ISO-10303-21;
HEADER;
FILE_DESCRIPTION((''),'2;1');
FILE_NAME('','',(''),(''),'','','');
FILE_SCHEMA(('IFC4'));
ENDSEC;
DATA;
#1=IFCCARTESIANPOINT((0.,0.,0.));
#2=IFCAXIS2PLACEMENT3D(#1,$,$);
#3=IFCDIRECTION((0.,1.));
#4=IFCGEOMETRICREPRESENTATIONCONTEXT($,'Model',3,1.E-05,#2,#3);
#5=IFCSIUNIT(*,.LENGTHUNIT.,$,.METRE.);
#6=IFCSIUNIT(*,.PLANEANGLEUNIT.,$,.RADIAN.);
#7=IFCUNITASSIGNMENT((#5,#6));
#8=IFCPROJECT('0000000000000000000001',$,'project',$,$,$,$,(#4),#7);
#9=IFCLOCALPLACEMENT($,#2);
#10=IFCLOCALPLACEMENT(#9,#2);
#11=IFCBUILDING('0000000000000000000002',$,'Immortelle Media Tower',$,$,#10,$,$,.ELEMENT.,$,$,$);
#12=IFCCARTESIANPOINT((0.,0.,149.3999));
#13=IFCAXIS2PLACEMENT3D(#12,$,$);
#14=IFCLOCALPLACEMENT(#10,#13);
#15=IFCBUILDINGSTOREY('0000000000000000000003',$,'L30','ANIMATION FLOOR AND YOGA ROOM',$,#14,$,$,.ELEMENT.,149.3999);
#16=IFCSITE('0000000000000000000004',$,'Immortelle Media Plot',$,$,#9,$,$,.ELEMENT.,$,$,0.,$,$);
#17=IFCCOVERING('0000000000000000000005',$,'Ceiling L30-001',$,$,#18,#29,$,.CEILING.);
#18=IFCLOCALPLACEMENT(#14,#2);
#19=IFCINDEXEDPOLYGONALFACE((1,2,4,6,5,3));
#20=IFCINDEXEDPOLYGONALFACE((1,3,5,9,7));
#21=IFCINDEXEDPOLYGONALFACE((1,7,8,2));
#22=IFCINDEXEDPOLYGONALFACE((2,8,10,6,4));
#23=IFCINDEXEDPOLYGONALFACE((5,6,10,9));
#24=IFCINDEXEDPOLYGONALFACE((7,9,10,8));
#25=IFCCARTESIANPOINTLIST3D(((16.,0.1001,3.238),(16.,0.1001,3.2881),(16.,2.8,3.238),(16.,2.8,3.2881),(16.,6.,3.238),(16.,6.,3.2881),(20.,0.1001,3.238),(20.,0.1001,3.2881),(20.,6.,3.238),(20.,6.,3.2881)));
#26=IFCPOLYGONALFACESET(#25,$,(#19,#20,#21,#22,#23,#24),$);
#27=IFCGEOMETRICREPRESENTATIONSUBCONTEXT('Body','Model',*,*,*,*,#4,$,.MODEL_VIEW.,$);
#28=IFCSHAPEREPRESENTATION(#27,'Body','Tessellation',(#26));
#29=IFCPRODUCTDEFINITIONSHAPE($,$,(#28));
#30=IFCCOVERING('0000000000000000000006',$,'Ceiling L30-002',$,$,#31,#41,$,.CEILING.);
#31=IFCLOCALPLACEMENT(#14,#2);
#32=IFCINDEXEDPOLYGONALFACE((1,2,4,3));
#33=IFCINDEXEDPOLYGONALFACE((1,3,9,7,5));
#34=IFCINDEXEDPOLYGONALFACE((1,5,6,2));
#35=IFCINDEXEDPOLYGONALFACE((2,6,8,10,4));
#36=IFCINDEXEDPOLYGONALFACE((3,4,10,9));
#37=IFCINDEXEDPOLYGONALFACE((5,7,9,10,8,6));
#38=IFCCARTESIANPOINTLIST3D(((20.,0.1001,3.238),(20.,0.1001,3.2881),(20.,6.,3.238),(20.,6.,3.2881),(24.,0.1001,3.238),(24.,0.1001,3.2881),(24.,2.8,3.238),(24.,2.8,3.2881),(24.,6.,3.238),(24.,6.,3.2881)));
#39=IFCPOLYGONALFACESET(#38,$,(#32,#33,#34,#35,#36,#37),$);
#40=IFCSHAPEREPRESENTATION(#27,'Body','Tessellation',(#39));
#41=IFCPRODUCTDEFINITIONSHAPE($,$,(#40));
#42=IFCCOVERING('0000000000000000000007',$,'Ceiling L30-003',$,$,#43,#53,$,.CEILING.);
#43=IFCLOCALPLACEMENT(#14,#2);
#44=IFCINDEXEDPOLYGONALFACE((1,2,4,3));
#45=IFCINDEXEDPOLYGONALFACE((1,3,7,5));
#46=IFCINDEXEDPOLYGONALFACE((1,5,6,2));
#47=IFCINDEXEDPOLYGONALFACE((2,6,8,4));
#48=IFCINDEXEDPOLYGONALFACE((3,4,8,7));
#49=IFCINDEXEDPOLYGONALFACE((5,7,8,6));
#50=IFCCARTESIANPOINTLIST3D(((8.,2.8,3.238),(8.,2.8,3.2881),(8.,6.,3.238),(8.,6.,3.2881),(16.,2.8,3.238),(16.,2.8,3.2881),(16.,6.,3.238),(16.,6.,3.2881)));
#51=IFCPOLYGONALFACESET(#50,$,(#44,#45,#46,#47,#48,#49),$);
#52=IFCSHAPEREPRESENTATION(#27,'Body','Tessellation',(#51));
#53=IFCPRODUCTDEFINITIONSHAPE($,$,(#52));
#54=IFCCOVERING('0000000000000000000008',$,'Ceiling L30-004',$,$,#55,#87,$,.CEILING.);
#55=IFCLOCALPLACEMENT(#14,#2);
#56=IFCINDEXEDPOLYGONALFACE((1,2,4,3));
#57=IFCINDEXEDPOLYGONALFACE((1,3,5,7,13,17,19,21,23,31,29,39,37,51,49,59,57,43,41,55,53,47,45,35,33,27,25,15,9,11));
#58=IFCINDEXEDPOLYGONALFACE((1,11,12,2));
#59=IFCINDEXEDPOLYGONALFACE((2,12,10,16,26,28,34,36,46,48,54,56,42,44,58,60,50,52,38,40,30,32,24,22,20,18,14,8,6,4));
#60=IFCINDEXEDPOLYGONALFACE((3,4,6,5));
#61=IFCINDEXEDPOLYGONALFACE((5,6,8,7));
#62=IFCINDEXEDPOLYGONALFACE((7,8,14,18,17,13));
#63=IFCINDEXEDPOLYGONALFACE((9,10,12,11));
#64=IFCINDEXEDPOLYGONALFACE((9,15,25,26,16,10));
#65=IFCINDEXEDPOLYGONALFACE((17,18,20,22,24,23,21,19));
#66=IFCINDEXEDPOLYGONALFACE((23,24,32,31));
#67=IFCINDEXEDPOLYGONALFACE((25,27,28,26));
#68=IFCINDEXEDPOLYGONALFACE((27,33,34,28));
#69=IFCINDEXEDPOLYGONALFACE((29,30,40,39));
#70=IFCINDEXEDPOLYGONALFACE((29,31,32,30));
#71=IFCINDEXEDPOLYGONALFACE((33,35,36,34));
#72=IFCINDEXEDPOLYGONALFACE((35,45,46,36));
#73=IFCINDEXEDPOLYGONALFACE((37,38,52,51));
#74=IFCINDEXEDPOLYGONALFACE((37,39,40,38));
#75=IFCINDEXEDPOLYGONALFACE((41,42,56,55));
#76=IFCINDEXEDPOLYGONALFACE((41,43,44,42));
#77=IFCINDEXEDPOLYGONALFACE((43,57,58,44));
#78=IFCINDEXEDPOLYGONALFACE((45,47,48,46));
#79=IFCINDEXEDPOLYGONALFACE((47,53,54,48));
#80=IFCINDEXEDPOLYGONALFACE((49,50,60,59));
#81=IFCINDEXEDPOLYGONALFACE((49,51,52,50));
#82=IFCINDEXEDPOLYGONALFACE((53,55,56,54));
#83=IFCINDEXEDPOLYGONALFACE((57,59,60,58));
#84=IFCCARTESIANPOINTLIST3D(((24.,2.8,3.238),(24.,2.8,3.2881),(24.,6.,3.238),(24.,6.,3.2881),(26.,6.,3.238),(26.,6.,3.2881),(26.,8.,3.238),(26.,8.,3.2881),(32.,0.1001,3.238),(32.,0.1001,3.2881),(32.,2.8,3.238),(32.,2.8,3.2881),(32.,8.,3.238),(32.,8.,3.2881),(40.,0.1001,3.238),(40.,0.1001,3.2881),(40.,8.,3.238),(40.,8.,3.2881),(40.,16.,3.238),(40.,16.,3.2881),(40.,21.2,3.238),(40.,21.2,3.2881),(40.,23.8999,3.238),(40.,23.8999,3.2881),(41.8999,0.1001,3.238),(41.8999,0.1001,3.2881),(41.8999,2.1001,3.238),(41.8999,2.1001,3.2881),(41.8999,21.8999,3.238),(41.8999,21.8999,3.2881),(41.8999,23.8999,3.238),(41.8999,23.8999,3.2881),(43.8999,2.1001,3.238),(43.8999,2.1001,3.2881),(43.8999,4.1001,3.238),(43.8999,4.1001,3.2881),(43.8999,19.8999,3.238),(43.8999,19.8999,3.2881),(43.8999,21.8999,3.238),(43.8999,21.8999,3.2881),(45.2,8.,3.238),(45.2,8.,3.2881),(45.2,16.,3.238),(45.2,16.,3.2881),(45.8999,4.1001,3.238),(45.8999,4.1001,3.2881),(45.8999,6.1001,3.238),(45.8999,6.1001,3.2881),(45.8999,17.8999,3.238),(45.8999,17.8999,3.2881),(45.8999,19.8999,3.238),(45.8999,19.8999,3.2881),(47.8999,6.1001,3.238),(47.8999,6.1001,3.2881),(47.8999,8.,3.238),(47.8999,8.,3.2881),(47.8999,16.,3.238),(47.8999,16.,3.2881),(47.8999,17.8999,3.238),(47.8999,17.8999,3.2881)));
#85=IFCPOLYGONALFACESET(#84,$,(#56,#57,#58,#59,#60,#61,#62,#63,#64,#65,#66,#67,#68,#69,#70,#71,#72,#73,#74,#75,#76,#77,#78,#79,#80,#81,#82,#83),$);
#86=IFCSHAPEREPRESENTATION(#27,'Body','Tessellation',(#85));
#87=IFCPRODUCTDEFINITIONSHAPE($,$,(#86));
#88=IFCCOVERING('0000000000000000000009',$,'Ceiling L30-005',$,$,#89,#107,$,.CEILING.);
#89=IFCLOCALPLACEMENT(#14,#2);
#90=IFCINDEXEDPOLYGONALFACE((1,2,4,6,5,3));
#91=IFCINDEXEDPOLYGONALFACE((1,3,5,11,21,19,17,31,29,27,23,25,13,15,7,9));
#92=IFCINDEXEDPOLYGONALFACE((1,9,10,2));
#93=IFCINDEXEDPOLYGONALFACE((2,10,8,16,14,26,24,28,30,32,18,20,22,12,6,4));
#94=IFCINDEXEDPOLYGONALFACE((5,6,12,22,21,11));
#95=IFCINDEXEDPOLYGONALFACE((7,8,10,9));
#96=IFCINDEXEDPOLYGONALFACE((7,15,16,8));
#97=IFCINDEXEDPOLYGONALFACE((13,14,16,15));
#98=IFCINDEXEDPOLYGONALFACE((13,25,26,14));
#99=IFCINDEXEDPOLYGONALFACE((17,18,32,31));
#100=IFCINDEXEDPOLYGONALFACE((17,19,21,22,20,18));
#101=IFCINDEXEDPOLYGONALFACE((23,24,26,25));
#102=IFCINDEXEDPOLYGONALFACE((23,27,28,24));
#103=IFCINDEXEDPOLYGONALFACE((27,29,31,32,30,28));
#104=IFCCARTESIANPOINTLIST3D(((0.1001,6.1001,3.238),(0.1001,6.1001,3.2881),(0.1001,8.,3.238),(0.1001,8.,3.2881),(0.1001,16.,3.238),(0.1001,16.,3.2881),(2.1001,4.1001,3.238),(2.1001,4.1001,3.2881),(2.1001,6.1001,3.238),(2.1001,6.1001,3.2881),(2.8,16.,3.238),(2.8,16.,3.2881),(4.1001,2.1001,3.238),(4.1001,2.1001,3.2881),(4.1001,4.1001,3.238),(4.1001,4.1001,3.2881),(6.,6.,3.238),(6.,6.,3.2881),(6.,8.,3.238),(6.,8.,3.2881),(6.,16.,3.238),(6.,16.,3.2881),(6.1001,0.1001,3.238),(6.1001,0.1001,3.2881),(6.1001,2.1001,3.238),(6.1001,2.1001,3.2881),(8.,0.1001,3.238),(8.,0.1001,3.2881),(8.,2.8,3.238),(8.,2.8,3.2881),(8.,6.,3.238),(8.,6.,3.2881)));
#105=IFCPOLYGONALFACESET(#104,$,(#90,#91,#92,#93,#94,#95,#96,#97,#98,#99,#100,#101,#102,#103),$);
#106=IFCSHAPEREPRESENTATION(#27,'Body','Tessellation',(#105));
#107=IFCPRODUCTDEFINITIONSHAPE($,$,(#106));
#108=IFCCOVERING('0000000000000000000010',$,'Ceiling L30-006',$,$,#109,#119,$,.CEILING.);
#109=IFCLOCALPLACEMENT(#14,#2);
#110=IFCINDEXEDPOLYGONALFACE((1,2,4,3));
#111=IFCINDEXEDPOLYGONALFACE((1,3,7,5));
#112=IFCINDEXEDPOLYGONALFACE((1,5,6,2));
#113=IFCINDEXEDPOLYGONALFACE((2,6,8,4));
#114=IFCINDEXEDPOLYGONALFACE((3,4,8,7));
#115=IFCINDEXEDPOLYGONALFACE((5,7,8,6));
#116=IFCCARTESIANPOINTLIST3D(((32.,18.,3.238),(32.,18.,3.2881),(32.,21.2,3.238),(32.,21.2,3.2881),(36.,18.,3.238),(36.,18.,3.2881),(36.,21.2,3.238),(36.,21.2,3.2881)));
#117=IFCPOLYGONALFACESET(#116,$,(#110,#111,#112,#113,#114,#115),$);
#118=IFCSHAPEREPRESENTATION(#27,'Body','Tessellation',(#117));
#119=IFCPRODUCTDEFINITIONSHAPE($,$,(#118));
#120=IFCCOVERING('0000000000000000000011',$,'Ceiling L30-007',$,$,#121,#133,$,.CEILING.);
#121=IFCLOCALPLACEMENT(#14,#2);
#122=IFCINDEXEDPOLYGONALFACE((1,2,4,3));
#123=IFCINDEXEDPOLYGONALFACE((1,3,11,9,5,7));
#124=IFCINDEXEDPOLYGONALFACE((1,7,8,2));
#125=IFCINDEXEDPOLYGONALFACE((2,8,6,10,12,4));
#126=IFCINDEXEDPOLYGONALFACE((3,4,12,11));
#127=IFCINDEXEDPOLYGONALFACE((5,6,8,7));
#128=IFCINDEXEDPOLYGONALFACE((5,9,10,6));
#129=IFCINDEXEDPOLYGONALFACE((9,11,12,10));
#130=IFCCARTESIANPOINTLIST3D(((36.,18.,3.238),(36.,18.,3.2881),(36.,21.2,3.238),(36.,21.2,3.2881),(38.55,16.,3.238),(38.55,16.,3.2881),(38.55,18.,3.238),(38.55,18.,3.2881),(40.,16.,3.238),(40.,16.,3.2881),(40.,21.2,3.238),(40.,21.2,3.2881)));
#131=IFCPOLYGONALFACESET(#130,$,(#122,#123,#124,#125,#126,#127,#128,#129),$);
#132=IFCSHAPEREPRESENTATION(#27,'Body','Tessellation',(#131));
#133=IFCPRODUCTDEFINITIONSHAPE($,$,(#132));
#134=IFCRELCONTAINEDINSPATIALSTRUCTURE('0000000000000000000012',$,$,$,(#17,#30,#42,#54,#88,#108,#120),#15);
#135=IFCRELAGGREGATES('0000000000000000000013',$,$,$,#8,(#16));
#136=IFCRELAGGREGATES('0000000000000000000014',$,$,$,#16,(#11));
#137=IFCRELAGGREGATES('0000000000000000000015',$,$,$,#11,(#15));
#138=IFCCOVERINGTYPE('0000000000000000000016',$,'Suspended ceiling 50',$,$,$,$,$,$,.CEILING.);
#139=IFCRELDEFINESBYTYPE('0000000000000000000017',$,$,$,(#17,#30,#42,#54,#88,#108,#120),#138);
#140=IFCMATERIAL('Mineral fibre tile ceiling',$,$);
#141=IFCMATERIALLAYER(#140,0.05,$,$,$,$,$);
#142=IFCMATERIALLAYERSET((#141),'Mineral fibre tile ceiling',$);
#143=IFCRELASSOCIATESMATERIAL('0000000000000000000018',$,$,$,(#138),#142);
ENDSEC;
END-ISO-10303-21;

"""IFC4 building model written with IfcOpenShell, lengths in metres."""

from ifc_helpers import new_model, si_unit, direction, frame, origin, place, context, subcontext, project, spatial, polyline, outline, extrude, material, layer, layer_set, type_object, element, save


model = new_model("IFC4")

# Units and contexts
model_context = context("Model", 3, precision=1e-05, world=origin(), true_north=direction((0.0, 1.0)))
body_context = subcontext(model_context, "Body", "Model", "MODEL_VIEW")
ifc_project = project(units=[si_unit("LENGTHUNIT", "METRE"), si_unit("PLANEANGLEUNIT", "RADIAN")], contexts=[model_context])

# Site, building, storey
site_placement = place(None, origin())
site = spatial("IfcSite", under=ifc_project, at=site_placement, Name="Immortelle Media Plot", CompositionType="ELEMENT", RefElevation=0.0)
building_placement = place(site_placement, origin())
building = spatial("IfcBuilding", under=site, at=building_placement, Name="Immortelle Media Tower", CompositionType="ELEMENT")
storey_placement = place(building_placement, frame((0.0, 0.0, 149.3999)))
storey = spatial("IfcBuildingStorey", under=building, at=storey_placement, Name="L30", Description="ANIMATION FLOOR AND YOGA ROOM", CompositionType="ELEMENT", Elevation=149.3999)

# Coverings
ifc_material_1 = material(Name="Mineral fibre tile ceiling")
ifc_layer_1 = layer(ifc_material_1, 0.05)
ifc_layer_set_1 = layer_set([ifc_layer_1], Name="Mineral fibre tile ceiling")
covering_type = type_object("IfcCoveringType", Name="Suspended ceiling 50", PredefinedType="CEILING", material=ifc_layer_set_1)
covering_1_placement = place(storey_placement, frame((0.0, 0.0, 3.238)))
element("IfcCovering", 1, at=covering_1_placement, inside=storey, type_object=covering_type, Name="Ceiling L30-001", PredefinedType="CEILING", context=body_context, shape_type="SweptSolid", body=[
    extrude(outline(polyline([(16.0, 2.8), (16.0, 6.0), (20.0, 6.0), (20.0, 0.1001), (16.0, 0.1001), (16.0, 2.8)])), origin(), (0.0, 0.0, 1.0), 0.05),
])
covering_2_placement = place(storey_placement, frame((0.0, 0.0, 3.238)))
element("IfcCovering", 2, at=covering_2_placement, inside=storey, type_object=covering_type, Name="Ceiling L30-002", PredefinedType="CEILING", context=body_context, shape_type="SweptSolid", body=[
    extrude(outline(polyline([(24.0, 6.0), (24.0, 2.8), (24.0, 0.1001), (20.0, 0.1001), (20.0, 6.0), (24.0, 6.0)])), origin(), (0.0, 0.0, 1.0), 0.05),
])
covering_3_placement = place(storey_placement, frame((0.0, 0.0, 3.238)))
element("IfcCovering", 3, at=covering_3_placement, inside=storey, type_object=covering_type, Name="Ceiling L30-003", PredefinedType="CEILING", context=body_context, shape_type="SweptSolid", body=[
    extrude(outline(polyline([(8.0, 2.8), (8.0, 6.0), (16.0, 6.0), (16.0, 2.8), (8.0, 2.8)])), origin(), (0.0, 0.0, 1.0), 0.05),
])
covering_4_placement = place(storey_placement, frame((0.0, 0.0, 3.238)))
element("IfcCovering", 4, at=covering_4_placement, inside=storey, type_object=covering_type, Name="Ceiling L30-004", PredefinedType="CEILING", context=body_context, shape_type="SweptSolid", body=[
    extrude(outline(polyline([(26.0, 6.0), (26.0, 8.0), (32.0, 8.0), (40.0, 8.0), (40.0, 16.0), (40.0, 21.2), (40.0, 23.8999), (41.8999, 23.8999), (41.8999, 21.8999), (43.8999, 21.8999), (43.8999, 19.8999), (45.8999, 19.8999), (45.8999, 17.8999), (47.8999, 17.8999), (47.8999, 16.0), (45.2, 16.0), (45.2, 8.0), (47.8999, 8.0), (47.8999, 6.1001), (45.8999, 6.1001), (45.8999, 4.1001), (43.8999, 4.1001), (43.8999, 2.1001), (41.8999, 2.1001), (41.8999, 0.1001), (40.0, 0.1001), (32.0, 0.1001), (32.0, 2.8), (24.0, 2.8), (24.0, 6.0), (26.0, 6.0)])), origin(), (0.0, 0.0, 1.0), 0.05),
])
covering_5_placement = place(storey_placement, frame((0.0, 0.0, 3.238)))
element("IfcCovering", 5, at=covering_5_placement, inside=storey, type_object=covering_type, Name="Ceiling L30-005", PredefinedType="CEILING", context=body_context, shape_type="SweptSolid", body=[
    extrude(outline(polyline([(6.1001, 2.1001), (4.1001, 2.1001), (4.1001, 4.1001), (2.1001, 4.1001), (2.1001, 6.1001), (0.1001, 6.1001), (0.1001, 8.0), (0.1001, 16.0), (2.8, 16.0), (6.0, 16.0), (6.0, 8.0), (6.0, 6.0), (8.0, 6.0), (8.0, 2.8), (8.0, 0.1001), (6.1001, 0.1001), (6.1001, 2.1001)])), origin(), (0.0, 0.0, 1.0), 0.05),
])
covering_6_placement = place(storey_placement, frame((0.0, 0.0, 3.238)))
element("IfcCovering", 6, at=covering_6_placement, inside=storey, type_object=covering_type, Name="Ceiling L30-006", PredefinedType="CEILING", context=body_context, shape_type="SweptSolid", body=[
    extrude(outline(polyline([(32.0, 18.0), (32.0, 21.2), (36.0, 21.2), (36.0, 18.0), (32.0, 18.0)])), origin(), (0.0, 0.0, 1.0), 0.05),
])
covering_7_placement = place(storey_placement, frame((0.0, 0.0, 3.238)))
element("IfcCovering", 7, at=covering_7_placement, inside=storey, type_object=covering_type, Name="Ceiling L30-007", PredefinedType="CEILING", context=body_context, shape_type="SweptSolid", body=[
    extrude(outline(polyline([(38.55, 18.0), (36.0, 18.0), (36.0, 21.2), (40.0, 21.2), (40.0, 16.0), (38.55, 16.0), (38.55, 18.0)])), origin(), (0.0, 0.0, 1.0), 0.05),
])

save(model, "model.ifc")
